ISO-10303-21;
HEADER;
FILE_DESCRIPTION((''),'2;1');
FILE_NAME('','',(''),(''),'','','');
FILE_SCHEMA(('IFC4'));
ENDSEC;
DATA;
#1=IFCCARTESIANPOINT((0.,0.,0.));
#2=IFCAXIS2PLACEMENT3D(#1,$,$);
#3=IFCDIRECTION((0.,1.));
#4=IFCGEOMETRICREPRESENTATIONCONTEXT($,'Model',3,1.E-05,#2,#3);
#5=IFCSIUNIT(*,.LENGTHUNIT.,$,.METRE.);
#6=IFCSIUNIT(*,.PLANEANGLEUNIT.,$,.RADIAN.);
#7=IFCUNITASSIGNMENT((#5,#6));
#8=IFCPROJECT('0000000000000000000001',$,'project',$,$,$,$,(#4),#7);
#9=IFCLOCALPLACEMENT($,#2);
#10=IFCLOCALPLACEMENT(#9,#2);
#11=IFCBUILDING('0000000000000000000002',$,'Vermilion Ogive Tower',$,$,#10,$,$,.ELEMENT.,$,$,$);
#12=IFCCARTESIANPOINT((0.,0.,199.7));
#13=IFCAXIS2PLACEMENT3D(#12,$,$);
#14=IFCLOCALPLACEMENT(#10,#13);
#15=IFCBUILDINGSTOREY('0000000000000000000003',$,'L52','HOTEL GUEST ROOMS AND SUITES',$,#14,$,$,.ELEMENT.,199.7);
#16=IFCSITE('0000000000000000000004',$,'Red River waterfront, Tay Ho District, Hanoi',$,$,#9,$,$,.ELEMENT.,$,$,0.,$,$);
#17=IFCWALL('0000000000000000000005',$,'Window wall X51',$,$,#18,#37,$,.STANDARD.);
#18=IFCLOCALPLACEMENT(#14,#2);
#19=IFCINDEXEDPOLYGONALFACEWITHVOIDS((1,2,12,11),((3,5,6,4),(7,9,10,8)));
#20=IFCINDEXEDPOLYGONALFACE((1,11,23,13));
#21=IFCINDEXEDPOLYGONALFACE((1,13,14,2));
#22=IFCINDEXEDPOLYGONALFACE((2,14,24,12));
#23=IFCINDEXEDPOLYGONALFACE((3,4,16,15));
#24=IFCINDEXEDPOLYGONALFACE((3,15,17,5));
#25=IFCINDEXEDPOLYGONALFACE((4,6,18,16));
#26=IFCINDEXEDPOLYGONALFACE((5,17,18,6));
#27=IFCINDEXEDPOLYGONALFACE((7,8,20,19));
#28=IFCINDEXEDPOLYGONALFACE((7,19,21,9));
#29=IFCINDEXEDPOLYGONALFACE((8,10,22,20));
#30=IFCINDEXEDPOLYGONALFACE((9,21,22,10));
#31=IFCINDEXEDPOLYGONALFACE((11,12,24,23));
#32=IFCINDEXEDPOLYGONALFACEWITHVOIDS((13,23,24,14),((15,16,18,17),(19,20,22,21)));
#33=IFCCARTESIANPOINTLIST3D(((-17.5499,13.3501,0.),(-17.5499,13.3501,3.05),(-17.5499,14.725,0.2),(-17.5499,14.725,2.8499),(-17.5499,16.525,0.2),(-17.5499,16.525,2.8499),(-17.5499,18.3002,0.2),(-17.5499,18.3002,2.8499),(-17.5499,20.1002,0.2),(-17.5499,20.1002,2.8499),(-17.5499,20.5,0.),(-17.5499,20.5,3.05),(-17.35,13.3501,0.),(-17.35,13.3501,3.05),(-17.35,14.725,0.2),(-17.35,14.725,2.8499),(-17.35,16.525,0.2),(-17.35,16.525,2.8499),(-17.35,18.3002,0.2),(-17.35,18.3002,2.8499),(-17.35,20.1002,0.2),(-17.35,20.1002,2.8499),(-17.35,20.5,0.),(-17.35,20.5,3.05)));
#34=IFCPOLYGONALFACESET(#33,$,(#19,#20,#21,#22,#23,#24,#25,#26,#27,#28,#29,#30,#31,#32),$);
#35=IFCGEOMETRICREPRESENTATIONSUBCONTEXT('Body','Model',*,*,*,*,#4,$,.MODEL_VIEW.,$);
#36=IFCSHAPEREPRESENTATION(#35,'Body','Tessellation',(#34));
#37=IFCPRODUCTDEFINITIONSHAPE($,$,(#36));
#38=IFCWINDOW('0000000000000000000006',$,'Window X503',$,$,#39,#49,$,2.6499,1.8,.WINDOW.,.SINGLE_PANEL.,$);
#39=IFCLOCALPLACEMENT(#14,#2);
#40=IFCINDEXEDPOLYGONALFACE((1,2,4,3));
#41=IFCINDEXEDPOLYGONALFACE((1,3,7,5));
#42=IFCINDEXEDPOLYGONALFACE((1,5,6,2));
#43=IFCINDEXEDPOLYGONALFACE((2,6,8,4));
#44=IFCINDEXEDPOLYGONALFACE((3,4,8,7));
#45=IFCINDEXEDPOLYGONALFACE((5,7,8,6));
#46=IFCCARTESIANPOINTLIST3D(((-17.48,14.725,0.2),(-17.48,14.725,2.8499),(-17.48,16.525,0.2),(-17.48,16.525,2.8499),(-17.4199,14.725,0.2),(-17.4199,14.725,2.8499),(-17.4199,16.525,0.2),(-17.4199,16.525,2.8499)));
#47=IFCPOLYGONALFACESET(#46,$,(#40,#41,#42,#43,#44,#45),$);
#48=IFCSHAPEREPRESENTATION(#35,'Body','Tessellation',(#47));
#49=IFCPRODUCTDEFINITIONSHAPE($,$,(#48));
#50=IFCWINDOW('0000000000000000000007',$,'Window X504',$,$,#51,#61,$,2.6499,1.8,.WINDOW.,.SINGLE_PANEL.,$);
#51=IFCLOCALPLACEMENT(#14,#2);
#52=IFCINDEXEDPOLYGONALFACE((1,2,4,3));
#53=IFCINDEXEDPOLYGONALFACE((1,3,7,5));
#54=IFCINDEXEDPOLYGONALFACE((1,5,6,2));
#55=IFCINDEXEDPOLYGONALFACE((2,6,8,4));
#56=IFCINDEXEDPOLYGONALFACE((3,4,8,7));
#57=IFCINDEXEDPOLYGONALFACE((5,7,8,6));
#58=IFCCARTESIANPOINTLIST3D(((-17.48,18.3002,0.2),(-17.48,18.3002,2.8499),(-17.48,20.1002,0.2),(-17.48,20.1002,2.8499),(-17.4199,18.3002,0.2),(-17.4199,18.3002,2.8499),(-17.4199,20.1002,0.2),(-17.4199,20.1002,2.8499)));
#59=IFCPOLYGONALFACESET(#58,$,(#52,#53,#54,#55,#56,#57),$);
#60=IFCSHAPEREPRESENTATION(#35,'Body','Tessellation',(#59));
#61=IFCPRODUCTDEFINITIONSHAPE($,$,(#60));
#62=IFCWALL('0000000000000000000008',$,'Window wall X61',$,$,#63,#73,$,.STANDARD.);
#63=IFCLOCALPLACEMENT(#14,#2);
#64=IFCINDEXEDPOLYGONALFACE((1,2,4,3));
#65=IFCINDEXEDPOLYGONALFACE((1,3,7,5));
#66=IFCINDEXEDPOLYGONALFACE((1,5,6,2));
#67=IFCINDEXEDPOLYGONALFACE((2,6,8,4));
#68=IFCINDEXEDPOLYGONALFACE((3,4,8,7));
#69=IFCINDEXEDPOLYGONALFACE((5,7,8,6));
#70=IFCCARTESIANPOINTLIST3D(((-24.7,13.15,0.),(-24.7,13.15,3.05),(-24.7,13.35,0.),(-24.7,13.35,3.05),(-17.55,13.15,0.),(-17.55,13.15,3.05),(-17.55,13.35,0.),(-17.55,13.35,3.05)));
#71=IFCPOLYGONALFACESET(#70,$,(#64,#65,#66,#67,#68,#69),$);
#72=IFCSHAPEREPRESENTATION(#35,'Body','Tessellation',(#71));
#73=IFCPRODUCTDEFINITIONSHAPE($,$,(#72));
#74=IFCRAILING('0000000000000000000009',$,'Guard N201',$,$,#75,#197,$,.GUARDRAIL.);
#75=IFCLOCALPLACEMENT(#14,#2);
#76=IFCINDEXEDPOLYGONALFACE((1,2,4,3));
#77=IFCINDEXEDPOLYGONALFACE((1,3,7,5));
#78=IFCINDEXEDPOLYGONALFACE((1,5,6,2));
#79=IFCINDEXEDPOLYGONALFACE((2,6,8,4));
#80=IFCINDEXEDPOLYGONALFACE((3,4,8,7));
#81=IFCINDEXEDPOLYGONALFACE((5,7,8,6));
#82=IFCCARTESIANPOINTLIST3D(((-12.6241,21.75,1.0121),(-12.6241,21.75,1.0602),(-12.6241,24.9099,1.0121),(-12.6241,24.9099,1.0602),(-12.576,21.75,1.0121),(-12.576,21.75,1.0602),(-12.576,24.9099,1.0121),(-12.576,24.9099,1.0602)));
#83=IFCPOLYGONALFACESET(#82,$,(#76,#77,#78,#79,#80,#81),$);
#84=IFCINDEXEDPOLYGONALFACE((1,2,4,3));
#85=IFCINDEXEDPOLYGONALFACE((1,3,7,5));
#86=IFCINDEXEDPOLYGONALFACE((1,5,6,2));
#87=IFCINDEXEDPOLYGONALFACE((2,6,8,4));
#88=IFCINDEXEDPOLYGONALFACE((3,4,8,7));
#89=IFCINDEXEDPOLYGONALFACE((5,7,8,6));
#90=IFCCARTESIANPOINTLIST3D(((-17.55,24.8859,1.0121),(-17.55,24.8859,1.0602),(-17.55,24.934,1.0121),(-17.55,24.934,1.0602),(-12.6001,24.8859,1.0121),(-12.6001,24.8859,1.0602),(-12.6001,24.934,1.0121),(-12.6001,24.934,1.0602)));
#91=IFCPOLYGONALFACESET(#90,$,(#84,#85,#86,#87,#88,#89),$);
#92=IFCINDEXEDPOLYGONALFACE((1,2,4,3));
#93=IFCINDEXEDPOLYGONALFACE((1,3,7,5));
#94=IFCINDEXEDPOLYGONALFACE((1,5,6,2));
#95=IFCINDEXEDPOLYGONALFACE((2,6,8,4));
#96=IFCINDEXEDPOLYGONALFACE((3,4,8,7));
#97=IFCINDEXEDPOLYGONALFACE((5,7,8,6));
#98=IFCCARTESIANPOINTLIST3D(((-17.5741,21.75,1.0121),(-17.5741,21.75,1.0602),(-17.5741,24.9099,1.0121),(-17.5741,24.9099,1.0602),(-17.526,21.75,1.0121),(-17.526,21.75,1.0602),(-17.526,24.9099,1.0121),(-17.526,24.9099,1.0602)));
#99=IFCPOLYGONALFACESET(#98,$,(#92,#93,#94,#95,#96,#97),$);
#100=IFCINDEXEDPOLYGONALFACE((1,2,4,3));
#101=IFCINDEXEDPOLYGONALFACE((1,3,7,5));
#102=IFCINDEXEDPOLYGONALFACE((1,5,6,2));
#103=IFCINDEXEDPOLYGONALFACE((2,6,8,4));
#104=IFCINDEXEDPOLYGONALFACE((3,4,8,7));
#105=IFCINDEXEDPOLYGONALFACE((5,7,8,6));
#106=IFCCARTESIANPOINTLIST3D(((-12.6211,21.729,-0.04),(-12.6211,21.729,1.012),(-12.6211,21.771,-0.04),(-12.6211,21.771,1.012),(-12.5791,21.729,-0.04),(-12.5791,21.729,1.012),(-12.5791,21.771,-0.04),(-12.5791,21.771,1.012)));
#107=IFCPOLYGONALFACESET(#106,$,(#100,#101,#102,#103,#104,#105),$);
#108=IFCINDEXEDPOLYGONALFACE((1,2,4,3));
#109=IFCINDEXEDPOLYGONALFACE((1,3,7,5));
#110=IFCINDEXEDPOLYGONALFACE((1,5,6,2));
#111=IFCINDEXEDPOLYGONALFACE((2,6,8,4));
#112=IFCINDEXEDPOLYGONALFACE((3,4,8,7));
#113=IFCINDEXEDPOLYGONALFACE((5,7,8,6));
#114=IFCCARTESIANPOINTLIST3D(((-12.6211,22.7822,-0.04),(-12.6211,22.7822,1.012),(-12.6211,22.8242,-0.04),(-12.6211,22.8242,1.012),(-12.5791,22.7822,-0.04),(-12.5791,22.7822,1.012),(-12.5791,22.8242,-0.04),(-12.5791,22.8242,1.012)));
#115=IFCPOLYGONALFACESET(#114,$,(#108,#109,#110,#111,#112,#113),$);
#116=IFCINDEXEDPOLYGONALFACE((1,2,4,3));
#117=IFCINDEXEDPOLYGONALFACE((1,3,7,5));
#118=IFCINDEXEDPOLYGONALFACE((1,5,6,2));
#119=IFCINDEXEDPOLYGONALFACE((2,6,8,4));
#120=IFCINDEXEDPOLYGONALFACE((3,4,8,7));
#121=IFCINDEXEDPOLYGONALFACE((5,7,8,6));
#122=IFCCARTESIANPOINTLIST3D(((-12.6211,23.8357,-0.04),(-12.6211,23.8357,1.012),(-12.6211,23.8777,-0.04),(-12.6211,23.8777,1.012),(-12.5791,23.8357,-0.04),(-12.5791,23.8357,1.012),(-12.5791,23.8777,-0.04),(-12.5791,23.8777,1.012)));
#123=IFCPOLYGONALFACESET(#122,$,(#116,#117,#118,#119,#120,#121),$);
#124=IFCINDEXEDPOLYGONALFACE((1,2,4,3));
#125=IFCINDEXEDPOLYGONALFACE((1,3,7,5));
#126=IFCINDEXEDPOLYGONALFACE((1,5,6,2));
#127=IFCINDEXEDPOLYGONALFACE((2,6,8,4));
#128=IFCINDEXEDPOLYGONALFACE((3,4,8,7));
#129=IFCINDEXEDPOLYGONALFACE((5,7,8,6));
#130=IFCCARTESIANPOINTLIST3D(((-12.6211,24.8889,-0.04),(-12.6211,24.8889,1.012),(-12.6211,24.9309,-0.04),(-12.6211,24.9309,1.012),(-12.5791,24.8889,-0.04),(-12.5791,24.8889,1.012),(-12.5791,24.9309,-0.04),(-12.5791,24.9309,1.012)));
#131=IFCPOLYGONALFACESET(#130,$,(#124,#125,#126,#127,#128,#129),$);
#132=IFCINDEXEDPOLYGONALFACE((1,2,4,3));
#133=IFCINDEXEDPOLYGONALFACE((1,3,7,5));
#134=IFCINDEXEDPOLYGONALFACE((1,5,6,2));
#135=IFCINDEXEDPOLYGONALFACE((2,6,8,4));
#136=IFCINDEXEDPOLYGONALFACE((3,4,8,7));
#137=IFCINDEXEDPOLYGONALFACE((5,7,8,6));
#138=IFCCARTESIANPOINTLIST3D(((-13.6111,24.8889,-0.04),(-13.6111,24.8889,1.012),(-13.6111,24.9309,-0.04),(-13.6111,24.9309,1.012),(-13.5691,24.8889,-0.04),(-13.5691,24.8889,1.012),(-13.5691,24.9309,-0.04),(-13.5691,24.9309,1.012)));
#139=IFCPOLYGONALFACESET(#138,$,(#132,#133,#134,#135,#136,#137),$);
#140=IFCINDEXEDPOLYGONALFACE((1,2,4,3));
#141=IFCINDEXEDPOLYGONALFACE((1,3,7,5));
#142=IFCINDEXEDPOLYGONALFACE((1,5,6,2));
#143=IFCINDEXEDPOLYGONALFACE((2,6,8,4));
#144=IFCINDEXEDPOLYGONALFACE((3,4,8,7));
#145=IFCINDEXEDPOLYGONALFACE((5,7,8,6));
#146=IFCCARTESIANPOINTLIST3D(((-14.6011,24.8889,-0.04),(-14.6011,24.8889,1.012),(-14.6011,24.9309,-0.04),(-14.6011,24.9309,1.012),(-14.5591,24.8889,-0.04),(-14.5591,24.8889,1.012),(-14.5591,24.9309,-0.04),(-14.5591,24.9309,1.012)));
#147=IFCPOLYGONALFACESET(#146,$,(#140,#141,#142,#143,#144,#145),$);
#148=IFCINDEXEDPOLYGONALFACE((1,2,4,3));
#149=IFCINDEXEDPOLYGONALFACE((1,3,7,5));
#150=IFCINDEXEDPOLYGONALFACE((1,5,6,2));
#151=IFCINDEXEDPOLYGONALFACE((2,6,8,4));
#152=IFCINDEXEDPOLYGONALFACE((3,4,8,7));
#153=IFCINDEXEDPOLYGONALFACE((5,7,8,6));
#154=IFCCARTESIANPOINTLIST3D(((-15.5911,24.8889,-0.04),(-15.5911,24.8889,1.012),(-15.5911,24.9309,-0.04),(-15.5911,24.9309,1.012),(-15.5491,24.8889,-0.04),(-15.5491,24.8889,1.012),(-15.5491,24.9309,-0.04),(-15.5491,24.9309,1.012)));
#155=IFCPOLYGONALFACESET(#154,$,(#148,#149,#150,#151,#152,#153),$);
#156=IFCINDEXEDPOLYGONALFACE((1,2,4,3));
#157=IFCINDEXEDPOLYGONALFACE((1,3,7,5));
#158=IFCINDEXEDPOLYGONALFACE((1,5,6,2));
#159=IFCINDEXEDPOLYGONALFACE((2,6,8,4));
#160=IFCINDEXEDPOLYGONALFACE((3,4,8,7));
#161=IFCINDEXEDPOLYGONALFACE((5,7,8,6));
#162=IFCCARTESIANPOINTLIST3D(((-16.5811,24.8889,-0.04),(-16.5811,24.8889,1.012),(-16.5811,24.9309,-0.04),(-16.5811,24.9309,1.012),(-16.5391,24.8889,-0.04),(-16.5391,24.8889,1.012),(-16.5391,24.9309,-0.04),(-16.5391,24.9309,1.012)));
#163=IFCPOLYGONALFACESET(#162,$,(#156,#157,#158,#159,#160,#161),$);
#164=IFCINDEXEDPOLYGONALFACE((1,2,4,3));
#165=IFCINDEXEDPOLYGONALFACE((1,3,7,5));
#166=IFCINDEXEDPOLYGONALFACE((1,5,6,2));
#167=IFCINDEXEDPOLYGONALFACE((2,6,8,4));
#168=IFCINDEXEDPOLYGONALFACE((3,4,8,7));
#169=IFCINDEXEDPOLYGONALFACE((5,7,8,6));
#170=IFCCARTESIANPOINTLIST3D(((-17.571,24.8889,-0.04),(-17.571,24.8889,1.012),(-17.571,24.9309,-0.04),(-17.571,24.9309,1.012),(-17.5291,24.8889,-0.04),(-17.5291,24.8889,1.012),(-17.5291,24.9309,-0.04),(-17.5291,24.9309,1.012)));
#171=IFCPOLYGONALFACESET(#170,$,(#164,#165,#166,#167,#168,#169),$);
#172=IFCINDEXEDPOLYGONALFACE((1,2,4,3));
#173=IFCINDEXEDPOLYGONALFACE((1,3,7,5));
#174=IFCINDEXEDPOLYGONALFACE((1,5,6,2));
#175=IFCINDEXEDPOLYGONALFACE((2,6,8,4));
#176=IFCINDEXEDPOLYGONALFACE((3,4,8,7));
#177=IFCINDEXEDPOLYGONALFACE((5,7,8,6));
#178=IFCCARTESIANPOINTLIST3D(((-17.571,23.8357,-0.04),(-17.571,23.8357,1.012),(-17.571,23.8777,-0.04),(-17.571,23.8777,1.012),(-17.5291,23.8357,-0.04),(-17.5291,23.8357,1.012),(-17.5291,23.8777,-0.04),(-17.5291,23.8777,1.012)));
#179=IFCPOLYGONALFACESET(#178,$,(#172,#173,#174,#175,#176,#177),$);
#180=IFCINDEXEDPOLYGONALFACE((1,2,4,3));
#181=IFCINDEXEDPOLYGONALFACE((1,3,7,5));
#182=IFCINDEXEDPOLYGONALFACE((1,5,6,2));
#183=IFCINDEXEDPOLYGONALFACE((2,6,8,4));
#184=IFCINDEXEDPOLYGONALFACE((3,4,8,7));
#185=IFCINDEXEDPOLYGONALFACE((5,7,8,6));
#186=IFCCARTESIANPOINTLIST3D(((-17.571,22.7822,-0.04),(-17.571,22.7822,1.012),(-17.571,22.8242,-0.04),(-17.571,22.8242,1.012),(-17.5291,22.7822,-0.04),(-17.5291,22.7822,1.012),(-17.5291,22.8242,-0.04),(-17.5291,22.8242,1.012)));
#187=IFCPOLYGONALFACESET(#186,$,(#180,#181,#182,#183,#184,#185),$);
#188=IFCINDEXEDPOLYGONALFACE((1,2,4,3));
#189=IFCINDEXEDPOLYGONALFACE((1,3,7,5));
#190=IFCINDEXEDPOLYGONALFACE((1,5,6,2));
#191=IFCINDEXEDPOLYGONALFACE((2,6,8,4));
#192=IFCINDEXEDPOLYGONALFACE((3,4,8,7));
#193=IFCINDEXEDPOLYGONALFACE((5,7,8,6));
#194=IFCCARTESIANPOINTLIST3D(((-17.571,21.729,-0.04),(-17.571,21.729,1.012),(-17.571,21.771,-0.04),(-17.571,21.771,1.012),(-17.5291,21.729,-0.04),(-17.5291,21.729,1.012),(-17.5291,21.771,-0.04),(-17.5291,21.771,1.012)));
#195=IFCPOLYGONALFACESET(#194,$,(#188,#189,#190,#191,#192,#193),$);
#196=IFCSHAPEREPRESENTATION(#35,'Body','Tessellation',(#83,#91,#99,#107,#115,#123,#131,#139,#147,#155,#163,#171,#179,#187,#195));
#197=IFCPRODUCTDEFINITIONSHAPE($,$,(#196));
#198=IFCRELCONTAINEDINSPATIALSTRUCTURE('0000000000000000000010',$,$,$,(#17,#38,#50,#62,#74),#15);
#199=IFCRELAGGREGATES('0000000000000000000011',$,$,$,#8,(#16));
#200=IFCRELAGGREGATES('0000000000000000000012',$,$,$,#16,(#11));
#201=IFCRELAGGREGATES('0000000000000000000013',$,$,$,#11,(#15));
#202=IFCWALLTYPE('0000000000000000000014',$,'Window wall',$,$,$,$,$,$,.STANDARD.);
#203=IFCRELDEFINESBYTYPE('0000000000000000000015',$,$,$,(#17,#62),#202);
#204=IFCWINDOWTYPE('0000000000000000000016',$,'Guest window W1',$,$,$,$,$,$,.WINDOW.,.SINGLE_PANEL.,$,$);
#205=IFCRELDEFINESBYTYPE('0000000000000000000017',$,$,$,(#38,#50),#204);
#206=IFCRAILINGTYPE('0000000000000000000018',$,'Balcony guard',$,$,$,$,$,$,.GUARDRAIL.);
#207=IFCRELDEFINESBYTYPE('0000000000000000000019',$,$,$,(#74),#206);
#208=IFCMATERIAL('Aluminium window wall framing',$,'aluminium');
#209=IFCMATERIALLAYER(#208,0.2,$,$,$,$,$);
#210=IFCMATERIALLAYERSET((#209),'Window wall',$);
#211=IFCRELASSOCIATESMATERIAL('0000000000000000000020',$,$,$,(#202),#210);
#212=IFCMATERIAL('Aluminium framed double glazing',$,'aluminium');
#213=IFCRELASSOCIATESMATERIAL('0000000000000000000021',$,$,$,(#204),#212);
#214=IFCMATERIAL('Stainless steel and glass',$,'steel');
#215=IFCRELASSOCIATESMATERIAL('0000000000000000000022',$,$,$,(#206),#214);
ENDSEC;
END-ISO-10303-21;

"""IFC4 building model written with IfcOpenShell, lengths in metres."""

from ifc_helpers import new_model, si_unit, direction, frame, frame_2d, origin, origin_2d, place, context, subcontext, project, spatial, rectangle, extrude, material, layer, layer_set, type_object, element, fill, save


model = new_model("IFC4")

# Units and contexts
model_context = context("Model", 3, precision=1e-05, world=origin(), true_north=direction((0.0, 1.0)))
body_context = subcontext(model_context, "Body", "Model", "MODEL_VIEW")
ifc_project = project(units=[si_unit("LENGTHUNIT", "METRE"), si_unit("PLANEANGLEUNIT", "RADIAN")], contexts=[model_context])

# Site, building, storey
site_placement = place(None, origin())
site = spatial("IfcSite", under=ifc_project, at=site_placement, Name="Red River waterfront, Tay Ho District, Hanoi", CompositionType="ELEMENT", RefElevation=0.0)
building_placement = place(site_placement, origin())
building = spatial("IfcBuilding", under=site, at=building_placement, Name="Vermilion Ogive Tower", CompositionType="ELEMENT")
storey_placement = place(building_placement, frame((0.0, 0.0, 199.7)))
storey = spatial("IfcBuildingStorey", under=building, at=storey_placement, Name="L52", Description="HOTEL GUEST ROOMS AND SUITES", CompositionType="ELEMENT", Elevation=199.7)

# Shared definitions
ifc_material_1 = material(Name="Aluminium window wall framing", Category="aluminium")
ifc_layer_1 = layer(ifc_material_1, 0.2)
ifc_layer_set_1 = layer_set([ifc_layer_1], Name="Window wall")
wall_type_1 = type_object("IfcWallType", Name="Window wall", PredefinedType="STANDARD", material=ifc_layer_set_1)
ifc_material_2 = material(Name="Aluminium framed double glazing", Category="aluminium")
window_type = type_object("IfcWindowType", Name="Guest window W1", PartitioningType="SINGLE_PANEL", PredefinedType="WINDOW", material=ifc_material_2)

# Wall, openings, windows
wall_1_placement = place(storey_placement, frame((-17.45, 20.5, 0.0), z_axis=(0.0, 0.0, 1.0), x_axis=(0.0, -1.0, 0.0)))
wall_1 = element("IfcWall", 1, at=wall_1_placement, inside=storey, type_object=wall_type_1, Name="Window wall X51", PredefinedType="STANDARD", context=body_context, shape_type="SweptSolid", body=[
    extrude(rectangle(XDim=7.1499, YDim=0.2, at=frame_2d((3.575, 0.0))), origin(), (0.0, 0.0, 1.0), 3.05),
])
opening_1_placement = place(wall_1_placement, frame((3.9751, 0.0, 0.2)))
opening_1 = element("IfcOpeningElement", 2, at=opening_1_placement, cuts=wall_1, PredefinedType="OPENING", context=body_context, shape_type="SweptSolid", body=[
    extrude(rectangle(XDim=1.8, YDim=2.6499, at=frame_2d((0.8999, 1.325))), frame((0.0, 0.1099, 0.0), z_axis=(0.0, -1.0, 0.0), x_axis=(1.0, 0.0, 0.0)), (0.0, 0.0, 1.0), 0.22),
])
opening_2_placement = place(wall_1_placement, frame((0.3999, 0.0, 0.2)))
opening_2 = element("IfcOpeningElement", 3, at=opening_2_placement, cuts=wall_1, PredefinedType="OPENING", context=body_context, shape_type="SweptSolid", body=[
    extrude(rectangle(XDim=1.8, YDim=2.6499, at=frame_2d((0.8999, 1.325))), frame((0.0, 0.1099, 0.0), z_axis=(0.0, -1.0, 0.0), x_axis=(1.0, 0.0, 0.0)), (0.0, 0.0, 1.0), 0.22),
])
window_1_placement = place(opening_1_placement, origin())
window_1 = element("IfcWindow", 4, at=window_1_placement, inside=storey, type_object=window_type, Name="Window X503", OverallHeight=2.6499, OverallWidth=1.8, PartitioningType="SINGLE_PANEL", PredefinedType="WINDOW", context=body_context, shape_type="SweptSolid", body=[
    extrude(rectangle(XDim=1.8, YDim=2.6499, at=frame_2d((0.8999, 1.325))), frame((0.0, 0.03, 0.0), z_axis=(0.0, -1.0, 0.0), x_axis=(1.0, 0.0, 0.0)), (0.0, 0.0, 1.0), 0.0601),
])
fill(opening_1, window_1)
window_2_placement = place(opening_2_placement, origin())
window_2 = element("IfcWindow", 5, at=window_2_placement, inside=storey, type_object=window_type, Name="Window X504", OverallHeight=2.6499, OverallWidth=1.8, PartitioningType="SINGLE_PANEL", PredefinedType="WINDOW", context=body_context, shape_type="SweptSolid", body=[
    extrude(rectangle(XDim=1.8, YDim=2.6499, at=frame_2d((0.8999, 1.325))), frame((0.0, 0.03, 0.0), z_axis=(0.0, -1.0, 0.0), x_axis=(1.0, 0.0, 0.0)), (0.0, 0.0, 1.0), 0.0601),
])
fill(opening_2, window_2)

# Wall
wall_2_placement = place(storey_placement, frame((-17.55, 13.25, 0.0), z_axis=(0.0, 0.0, 1.0), x_axis=(-1.0, 0.0, 0.0)))
element("IfcWall", 6, at=wall_2_placement, inside=storey, type_object=wall_type_1, Name="Window wall X61", PredefinedType="STANDARD", context=body_context, shape_type="SweptSolid", body=[
    extrude(rectangle(XDim=7.1499, YDim=0.2, at=frame_2d((3.575, 0.0))), origin(), (0.0, 0.0, 1.0), 3.05),
])

# Railing
ifc_material_3 = material(Name="Stainless steel and glass", Category="steel")
railing_type = type_object("IfcRailingType", Name="Balcony guard", PredefinedType="GUARDRAIL", material=ifc_material_3)
railing_placement = place(storey_placement, frame((-12.6001, 21.75, -0.04)))
element("IfcRailing", 7, at=railing_placement, inside=storey, type_object=railing_type, Name="Guard N201", PredefinedType="GUARDRAIL", context=body_context, shape_type="SweptSolid", body=[
    extrude(rectangle(XDim=0.0481, YDim=0.0481, at=origin_2d()), frame((0.0, 0.0, 1.0762), z_axis=(0.0, 1.0, 0.0), x_axis=(-1.0, 0.0, 0.0)), (0.0, 0.0, 1.0), 3.1599),
    extrude(rectangle(XDim=0.0481, YDim=0.0481, at=origin_2d()), frame((0.0, 3.1599, 1.0762), z_axis=(-1.0, 0.0, 0.0), x_axis=(0.0, -1.0, 0.0)), (0.0, 0.0, 1.0), 4.95),
    extrude(rectangle(XDim=0.0481, YDim=0.0481, at=origin_2d()), frame((-4.95, 3.1599, 1.0762), z_axis=(0.0, -1.0, 0.0), x_axis=(1.0, 0.0, 0.0)), (0.0, 0.0, 1.0), 3.1599),
    extrude(rectangle(XDim=0.042, YDim=0.042, at=origin_2d()), origin(), (0.0, 0.0, 1.0), 1.052),
    extrude(rectangle(XDim=0.042, YDim=0.042, at=origin_2d()), frame((0.0, 1.0532, 0.0)), (0.0, 0.0, 1.0), 1.052),
    extrude(rectangle(XDim=0.042, YDim=0.042, at=origin_2d()), frame((0.0, 2.1067, 0.0)), (0.0, 0.0, 1.0), 1.052),
    extrude(rectangle(XDim=0.042, YDim=0.042, at=origin_2d()), frame((0.0, 3.1599, 0.0)), (0.0, 0.0, 1.0), 1.052),
    extrude(rectangle(XDim=0.042, YDim=0.042, at=origin_2d()), frame((-0.99, 3.1599, 0.0)), (0.0, 0.0, 1.0), 1.052),
    extrude(rectangle(XDim=0.042, YDim=0.042, at=origin_2d()), frame((-1.98, 3.1599, 0.0)), (0.0, 0.0, 1.0), 1.052),
    extrude(rectangle(XDim=0.042, YDim=0.042, at=origin_2d()), frame((-2.97, 3.1599, 0.0)), (0.0, 0.0, 1.0), 1.052),
    extrude(rectangle(XDim=0.042, YDim=0.042, at=origin_2d()), frame((-3.96, 3.1599, 0.0)), (0.0, 0.0, 1.0), 1.052),
    extrude(rectangle(XDim=0.042, YDim=0.042, at=origin_2d()), frame((-4.95, 3.1599, 0.0)), (0.0, 0.0, 1.0), 1.052),
    extrude(rectangle(XDim=0.042, YDim=0.042, at=origin_2d()), frame((-4.95, 2.1067, 0.0)), (0.0, 0.0, 1.0), 1.052),
    extrude(rectangle(XDim=0.042, YDim=0.042, at=origin_2d()), frame((-4.95, 1.0532, 0.0)), (0.0, 0.0, 1.0), 1.052),
    extrude(rectangle(XDim=0.042, YDim=0.042, at=origin_2d()), frame((-4.95, 0.0, 0.0)), (0.0, 0.0, 1.0), 1.052),
])

save(model, "model.ifc")
